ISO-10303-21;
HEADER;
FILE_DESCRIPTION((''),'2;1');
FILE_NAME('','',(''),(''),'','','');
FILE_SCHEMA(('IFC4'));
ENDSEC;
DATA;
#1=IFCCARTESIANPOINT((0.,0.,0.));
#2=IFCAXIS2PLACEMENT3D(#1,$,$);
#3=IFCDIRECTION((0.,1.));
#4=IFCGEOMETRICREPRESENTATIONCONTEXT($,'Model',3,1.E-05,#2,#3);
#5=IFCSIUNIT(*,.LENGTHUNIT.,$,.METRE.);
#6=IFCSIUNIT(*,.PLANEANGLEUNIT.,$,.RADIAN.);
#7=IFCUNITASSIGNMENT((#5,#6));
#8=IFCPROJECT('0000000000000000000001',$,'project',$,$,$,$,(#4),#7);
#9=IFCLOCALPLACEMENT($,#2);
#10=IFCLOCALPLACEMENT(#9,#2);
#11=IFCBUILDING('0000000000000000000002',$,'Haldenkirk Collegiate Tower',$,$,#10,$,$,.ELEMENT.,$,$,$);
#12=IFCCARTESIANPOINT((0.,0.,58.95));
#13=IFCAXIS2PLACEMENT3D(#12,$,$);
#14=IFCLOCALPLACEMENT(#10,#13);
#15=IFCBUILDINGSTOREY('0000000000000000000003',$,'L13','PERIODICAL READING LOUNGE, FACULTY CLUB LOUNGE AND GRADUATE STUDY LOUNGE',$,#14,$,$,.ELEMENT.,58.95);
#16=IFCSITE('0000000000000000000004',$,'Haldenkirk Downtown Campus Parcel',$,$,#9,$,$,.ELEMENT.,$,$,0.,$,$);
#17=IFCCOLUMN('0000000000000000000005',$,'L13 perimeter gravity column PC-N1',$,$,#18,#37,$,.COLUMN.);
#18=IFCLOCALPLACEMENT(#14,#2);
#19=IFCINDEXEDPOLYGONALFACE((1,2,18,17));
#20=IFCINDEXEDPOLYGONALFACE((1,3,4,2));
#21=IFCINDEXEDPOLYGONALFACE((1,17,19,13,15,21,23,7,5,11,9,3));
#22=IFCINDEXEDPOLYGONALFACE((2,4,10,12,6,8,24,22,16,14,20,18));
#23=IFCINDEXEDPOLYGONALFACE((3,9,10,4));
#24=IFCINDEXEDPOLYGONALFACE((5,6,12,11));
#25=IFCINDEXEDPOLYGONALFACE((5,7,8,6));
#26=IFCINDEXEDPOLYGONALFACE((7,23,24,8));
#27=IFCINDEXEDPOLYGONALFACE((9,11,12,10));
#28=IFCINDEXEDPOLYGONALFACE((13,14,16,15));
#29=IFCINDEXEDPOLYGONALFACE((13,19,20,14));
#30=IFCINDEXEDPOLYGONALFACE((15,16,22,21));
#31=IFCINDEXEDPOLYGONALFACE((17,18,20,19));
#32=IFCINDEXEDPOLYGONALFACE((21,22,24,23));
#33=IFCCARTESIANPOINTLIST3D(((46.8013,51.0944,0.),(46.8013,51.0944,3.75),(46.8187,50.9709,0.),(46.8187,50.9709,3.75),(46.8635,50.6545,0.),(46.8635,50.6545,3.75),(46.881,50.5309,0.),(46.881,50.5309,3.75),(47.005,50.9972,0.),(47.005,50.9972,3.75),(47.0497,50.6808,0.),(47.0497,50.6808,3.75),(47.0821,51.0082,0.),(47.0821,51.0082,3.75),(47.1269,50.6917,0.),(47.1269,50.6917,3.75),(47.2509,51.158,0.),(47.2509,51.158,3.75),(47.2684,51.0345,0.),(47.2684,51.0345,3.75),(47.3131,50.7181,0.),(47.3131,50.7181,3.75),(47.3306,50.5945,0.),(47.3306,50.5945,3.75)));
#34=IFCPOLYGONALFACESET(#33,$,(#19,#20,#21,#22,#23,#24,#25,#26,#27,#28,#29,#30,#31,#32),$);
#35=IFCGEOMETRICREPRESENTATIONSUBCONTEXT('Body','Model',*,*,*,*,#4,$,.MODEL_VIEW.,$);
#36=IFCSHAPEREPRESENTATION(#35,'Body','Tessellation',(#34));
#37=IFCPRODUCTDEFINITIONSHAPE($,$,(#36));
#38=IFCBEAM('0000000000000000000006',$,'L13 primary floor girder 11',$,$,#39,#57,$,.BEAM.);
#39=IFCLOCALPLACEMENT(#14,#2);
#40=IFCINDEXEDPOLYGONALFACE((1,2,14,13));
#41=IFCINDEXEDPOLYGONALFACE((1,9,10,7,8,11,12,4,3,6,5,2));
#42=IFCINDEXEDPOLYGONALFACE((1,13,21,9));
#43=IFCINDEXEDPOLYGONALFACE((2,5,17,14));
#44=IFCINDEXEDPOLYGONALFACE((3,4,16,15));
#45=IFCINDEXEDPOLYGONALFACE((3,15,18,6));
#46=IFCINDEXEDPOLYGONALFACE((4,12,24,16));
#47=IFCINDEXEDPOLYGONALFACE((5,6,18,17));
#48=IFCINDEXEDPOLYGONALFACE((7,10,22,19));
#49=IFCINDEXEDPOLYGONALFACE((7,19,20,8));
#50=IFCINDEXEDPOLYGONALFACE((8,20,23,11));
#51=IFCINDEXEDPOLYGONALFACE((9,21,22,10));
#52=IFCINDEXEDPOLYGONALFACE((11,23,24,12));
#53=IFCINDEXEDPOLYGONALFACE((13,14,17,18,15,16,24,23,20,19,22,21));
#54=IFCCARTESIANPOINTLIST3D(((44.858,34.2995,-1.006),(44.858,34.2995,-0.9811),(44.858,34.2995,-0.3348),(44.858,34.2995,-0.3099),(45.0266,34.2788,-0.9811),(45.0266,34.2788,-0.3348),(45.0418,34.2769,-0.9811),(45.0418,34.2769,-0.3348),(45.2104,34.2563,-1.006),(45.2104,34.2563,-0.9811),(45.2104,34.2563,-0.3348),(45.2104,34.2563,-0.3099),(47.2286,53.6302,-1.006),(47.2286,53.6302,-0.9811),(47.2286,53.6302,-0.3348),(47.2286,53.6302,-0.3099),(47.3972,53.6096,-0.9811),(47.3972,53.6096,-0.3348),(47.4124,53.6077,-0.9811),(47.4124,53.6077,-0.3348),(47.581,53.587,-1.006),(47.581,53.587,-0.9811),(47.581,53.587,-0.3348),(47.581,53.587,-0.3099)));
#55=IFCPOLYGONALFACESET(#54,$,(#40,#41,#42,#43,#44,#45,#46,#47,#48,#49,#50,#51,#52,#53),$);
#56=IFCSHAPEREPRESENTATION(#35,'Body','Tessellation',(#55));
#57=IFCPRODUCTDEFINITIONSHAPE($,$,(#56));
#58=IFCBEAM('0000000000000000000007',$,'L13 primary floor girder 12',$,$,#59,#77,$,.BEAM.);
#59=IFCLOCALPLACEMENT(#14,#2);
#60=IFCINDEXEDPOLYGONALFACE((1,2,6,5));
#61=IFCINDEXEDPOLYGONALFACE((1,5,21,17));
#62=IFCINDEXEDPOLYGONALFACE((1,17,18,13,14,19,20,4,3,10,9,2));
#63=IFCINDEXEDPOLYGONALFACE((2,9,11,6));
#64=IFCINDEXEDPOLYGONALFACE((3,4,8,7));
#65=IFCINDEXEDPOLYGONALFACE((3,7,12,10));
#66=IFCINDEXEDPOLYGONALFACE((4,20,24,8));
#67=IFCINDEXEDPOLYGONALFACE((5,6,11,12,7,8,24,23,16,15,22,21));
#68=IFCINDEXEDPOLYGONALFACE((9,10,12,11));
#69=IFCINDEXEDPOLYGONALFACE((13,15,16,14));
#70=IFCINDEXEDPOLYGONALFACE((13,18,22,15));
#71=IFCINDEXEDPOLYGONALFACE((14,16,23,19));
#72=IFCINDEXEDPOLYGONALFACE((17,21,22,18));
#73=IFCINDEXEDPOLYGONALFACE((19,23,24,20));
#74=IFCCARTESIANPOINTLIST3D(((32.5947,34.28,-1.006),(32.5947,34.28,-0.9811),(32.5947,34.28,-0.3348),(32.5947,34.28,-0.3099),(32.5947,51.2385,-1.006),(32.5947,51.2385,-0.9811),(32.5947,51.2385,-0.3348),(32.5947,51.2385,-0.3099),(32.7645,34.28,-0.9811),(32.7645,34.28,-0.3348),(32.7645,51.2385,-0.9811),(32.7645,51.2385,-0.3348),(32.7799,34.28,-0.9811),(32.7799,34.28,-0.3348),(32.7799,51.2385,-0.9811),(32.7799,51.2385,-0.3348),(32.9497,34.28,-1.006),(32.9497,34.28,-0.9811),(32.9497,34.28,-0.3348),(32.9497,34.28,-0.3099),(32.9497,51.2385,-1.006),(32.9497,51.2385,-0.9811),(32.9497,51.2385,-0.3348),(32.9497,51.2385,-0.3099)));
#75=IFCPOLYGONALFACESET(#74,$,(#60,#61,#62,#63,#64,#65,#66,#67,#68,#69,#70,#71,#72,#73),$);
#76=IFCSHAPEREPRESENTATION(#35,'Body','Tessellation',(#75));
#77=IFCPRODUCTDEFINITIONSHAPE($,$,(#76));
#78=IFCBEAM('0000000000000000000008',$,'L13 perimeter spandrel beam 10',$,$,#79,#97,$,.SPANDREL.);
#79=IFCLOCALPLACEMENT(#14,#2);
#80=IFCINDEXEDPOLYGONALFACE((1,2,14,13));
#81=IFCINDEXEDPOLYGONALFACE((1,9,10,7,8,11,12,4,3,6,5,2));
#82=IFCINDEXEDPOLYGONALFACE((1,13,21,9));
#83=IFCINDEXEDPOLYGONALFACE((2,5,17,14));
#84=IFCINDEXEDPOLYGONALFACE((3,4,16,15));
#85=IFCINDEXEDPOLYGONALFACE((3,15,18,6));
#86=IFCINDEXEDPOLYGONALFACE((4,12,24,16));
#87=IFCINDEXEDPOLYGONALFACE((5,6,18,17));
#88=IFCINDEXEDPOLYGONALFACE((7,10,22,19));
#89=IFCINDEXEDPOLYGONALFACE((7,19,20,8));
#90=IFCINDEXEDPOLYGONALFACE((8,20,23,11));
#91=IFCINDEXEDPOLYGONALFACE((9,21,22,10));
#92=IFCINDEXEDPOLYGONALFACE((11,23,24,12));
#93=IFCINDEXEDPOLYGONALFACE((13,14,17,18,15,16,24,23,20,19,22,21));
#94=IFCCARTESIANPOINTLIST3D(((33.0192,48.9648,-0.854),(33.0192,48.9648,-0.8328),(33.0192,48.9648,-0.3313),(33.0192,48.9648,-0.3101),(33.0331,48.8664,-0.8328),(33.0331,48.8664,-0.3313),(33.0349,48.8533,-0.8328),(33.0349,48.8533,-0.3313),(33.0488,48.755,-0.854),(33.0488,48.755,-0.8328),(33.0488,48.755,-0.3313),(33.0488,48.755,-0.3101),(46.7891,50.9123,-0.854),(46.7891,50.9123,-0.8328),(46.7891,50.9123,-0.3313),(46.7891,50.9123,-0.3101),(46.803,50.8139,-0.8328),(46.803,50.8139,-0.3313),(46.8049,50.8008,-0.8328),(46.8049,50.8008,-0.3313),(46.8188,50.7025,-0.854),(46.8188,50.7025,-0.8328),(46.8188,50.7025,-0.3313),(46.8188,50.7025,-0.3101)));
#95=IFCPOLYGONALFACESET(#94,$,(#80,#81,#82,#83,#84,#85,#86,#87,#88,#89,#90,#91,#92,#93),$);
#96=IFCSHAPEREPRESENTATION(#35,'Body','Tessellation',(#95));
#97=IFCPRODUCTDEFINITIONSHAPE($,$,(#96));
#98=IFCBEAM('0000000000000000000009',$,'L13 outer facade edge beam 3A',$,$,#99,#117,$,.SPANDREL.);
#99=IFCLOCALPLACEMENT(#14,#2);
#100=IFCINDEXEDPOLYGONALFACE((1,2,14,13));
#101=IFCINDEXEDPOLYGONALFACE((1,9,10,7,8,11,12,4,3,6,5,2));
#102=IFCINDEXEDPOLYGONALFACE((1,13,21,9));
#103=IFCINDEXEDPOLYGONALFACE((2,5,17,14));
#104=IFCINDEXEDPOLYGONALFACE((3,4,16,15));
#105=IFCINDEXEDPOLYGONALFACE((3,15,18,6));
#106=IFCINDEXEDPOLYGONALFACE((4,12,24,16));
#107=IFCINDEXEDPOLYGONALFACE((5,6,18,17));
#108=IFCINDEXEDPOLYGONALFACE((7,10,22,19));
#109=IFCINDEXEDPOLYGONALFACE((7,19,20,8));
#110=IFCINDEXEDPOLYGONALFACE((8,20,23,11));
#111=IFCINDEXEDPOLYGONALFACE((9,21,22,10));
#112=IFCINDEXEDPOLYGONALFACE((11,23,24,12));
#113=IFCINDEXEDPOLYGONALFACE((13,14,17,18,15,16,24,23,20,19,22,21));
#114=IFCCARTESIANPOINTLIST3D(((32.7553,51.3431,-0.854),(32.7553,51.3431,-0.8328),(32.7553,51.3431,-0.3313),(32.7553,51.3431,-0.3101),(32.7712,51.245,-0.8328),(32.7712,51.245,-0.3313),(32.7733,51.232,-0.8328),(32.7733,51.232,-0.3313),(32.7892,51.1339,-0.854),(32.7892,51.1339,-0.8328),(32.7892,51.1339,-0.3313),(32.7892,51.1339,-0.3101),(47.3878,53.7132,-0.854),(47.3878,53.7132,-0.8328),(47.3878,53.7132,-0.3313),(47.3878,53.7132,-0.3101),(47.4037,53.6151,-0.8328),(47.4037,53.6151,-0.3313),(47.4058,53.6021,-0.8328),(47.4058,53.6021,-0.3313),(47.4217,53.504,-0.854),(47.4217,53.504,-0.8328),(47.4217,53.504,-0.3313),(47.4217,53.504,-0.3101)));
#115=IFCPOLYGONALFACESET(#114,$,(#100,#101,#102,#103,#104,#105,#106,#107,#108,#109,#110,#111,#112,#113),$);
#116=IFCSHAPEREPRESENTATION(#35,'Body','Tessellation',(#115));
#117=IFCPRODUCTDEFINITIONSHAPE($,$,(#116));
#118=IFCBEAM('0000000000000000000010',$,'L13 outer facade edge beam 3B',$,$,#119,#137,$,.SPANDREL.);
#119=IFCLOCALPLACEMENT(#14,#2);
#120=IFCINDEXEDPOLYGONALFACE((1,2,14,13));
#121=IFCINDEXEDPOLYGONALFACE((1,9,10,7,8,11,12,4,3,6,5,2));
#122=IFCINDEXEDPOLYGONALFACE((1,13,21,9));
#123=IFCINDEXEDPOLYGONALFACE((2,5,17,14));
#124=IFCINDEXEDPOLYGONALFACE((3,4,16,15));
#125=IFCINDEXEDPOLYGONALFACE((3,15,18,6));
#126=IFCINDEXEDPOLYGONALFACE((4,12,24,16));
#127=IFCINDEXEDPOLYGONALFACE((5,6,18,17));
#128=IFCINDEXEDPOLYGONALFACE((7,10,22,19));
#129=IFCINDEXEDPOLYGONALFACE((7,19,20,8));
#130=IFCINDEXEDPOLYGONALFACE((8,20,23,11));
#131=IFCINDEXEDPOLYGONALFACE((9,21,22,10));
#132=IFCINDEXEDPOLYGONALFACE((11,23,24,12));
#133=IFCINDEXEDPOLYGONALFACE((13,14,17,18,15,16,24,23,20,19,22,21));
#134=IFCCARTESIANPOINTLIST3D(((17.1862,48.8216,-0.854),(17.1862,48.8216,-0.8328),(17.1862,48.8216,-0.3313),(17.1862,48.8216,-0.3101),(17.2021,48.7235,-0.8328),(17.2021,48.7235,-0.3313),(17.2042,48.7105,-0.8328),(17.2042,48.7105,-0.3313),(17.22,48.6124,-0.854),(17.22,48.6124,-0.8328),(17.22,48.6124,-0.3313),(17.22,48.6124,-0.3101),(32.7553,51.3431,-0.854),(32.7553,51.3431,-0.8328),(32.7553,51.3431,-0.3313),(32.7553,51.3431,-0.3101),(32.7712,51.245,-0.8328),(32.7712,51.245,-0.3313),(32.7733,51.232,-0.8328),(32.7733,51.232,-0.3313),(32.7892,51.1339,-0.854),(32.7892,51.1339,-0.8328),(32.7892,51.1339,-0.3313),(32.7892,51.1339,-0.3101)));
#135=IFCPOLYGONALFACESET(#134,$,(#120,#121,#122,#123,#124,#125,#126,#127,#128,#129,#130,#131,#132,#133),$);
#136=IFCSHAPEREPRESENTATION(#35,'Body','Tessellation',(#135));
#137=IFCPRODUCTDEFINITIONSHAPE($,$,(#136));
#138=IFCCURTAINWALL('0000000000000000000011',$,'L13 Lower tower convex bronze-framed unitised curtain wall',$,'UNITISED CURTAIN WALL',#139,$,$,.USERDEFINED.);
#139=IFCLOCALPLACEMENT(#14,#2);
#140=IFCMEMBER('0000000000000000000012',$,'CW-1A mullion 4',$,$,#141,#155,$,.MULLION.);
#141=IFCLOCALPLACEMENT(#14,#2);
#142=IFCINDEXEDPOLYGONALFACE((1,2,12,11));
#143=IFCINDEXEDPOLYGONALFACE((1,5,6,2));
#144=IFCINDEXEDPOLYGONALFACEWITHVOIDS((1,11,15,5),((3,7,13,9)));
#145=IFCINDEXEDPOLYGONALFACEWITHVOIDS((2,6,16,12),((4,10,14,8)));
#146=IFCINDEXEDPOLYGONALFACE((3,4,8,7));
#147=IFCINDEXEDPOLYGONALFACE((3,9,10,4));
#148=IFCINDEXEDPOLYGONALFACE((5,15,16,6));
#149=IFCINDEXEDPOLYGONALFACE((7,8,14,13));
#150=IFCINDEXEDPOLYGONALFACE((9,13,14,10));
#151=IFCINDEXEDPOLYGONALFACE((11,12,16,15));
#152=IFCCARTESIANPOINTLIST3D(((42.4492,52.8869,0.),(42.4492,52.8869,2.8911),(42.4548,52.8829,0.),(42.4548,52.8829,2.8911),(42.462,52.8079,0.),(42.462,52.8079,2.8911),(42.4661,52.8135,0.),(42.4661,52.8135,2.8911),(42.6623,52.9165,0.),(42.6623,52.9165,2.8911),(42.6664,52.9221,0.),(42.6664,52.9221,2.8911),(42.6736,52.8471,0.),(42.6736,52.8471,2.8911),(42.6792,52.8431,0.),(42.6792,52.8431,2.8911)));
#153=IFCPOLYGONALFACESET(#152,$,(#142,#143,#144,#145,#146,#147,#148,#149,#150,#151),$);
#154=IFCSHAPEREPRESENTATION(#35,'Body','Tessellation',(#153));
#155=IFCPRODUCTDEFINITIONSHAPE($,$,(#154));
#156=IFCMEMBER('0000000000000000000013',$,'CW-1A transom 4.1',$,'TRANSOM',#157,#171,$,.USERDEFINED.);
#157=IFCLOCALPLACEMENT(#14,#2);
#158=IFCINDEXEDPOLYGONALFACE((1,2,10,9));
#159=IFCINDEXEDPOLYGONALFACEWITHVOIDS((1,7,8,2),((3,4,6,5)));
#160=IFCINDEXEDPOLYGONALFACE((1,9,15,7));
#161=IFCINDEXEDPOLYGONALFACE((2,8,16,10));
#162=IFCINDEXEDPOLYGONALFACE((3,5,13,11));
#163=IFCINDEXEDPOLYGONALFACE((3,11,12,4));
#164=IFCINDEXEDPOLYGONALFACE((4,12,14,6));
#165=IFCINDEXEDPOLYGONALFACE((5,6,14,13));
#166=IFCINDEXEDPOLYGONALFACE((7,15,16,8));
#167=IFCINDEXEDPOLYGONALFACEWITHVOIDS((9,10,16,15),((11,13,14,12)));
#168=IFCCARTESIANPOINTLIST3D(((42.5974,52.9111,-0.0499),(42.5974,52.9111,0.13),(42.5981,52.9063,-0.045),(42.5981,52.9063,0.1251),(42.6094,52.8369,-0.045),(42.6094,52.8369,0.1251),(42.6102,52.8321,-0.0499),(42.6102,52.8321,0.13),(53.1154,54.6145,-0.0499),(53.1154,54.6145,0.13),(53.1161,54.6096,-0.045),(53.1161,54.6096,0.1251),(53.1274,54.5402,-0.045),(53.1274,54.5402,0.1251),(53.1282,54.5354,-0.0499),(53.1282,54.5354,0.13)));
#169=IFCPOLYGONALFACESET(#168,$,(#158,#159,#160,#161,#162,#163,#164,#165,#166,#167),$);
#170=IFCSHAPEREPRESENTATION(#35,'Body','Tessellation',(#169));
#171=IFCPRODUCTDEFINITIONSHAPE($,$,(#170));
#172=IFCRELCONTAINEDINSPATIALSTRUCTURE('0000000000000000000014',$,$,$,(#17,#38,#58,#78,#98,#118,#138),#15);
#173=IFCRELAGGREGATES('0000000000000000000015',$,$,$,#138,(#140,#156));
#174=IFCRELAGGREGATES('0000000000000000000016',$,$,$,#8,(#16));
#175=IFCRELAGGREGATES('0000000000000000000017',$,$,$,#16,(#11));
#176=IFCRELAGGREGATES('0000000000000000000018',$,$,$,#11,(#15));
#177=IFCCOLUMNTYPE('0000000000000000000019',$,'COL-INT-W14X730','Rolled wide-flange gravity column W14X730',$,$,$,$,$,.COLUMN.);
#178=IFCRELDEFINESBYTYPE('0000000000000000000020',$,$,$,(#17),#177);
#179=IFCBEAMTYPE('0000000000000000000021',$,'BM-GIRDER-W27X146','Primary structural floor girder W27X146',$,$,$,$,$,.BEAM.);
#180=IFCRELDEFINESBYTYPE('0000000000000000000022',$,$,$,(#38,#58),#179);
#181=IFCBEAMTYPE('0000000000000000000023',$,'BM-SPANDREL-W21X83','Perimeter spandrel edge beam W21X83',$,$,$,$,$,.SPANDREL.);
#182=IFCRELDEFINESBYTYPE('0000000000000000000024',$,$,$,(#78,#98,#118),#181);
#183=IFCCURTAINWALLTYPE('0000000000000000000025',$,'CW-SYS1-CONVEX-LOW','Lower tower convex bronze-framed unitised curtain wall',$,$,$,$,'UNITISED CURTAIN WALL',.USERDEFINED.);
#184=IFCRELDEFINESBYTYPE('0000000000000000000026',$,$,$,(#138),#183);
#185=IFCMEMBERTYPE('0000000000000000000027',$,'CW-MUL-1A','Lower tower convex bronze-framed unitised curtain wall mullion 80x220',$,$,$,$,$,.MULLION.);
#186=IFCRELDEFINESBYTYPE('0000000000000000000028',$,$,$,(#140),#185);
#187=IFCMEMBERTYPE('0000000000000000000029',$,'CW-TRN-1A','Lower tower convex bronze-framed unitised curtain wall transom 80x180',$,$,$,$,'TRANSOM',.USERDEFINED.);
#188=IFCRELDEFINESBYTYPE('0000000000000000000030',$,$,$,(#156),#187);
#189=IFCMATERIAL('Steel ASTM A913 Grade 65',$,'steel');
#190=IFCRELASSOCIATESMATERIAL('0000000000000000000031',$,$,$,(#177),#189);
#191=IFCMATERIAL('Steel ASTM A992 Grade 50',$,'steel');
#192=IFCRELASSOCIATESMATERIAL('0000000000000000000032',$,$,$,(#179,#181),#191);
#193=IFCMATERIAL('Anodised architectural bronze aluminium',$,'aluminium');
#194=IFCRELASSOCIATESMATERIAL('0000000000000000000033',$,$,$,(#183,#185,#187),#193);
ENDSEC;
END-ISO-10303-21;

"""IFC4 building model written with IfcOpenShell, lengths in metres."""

from ifc_helpers import new_model, si_unit, direction, frame, origin, origin_2d, place, context, subcontext, project, spatial, hollow_rectangle, i_section, extrude, material, material_profile, profile_set, type_object, element, aggregate, save


model = new_model("IFC4")

# Units and contexts
model_context = context("Model", 3, precision=1e-05, world=origin(), true_north=direction((0.0, 1.0)))
body_context = subcontext(model_context, "Body", "Model", "MODEL_VIEW")
ifc_project = project(units=[si_unit("LENGTHUNIT", "METRE"), si_unit("PLANEANGLEUNIT", "RADIAN")], contexts=[model_context])

# Site, building, storey
site_placement = place(None, origin())
site = spatial("IfcSite", under=ifc_project, at=site_placement, Name="Haldenkirk Downtown Campus Parcel", CompositionType="ELEMENT", RefElevation=0.0)
building_placement = place(site_placement, origin())
building = spatial("IfcBuilding", under=site, at=building_placement, Name="Haldenkirk Collegiate Tower", CompositionType="ELEMENT")
storey_placement = place(building_placement, frame((0.0, 0.0, 58.95)))
storey = spatial("IfcBuildingStorey", under=building, at=storey_placement, Name="L13", Description="PERIODICAL READING LOUNGE, FACULTY CLUB LOUNGE AND GRADUATE STUDY LOUNGE", CompositionType="ELEMENT", Elevation=58.95)

# Column
ifc_material_1 = material(Name="Steel ASTM A913 Grade 65", Category="steel")
ifc_material_profile_1 = material_profile(ifc_material_1, i_section(OverallWidth=0.4541, OverallDepth=0.5691, WebThickness=0.0779, FlangeThickness=0.1248, at=origin_2d()), Name="W14X730")
ifc_profile_set_1 = profile_set([ifc_material_profile_1], Name="Steel ASTM A913 Grade 65")
column_type = type_object("IfcColumnType", Name="COL-INT-W14X730", Description="Rolled wide-flange gravity column W14X730", PredefinedType="COLUMN", material=ifc_profile_set_1)
column_placement = place(storey_placement, frame((47.0659, 50.8445, 0.0), z_axis=(0.0, 0.0, 1.0), x_axis=(0.990146, 0.140037, 0.0)))
element("IfcColumn", 1, at=column_placement, inside=storey, type_object=column_type, Name="L13 perimeter gravity column PC-N1", PredefinedType="COLUMN", context=body_context, shape_type="SweptSolid", body=[
    extrude(i_section(OverallWidth=0.4541, OverallDepth=0.5691, WebThickness=0.0779, FlangeThickness=0.1248, at=origin_2d()), origin(), (0.0, 0.0, 1.0), 3.75),
])

# Beams
ifc_material_2 = material(Name="Steel ASTM A992 Grade 50", Category="steel")
ifc_material_profile_2 = material_profile(ifc_material_2, i_section(OverallWidth=0.355, OverallDepth=0.696, WebThickness=0.0154, FlangeThickness=0.0249, at=origin_2d()), Name="W27X146")
ifc_profile_set_2 = profile_set([ifc_material_profile_2], Name="Steel ASTM A992 Grade 50")
beam_type_1 = type_object("IfcBeamType", Name="BM-GIRDER-W27X146", Description="Primary structural floor girder W27X146", PredefinedType="BEAM", material=ifc_profile_set_2)
beam_1_placement = place(storey_placement, frame((47.4048, 53.6086, -0.658), z_axis=(-0.121722, -0.992564, 0.0), x_axis=(0.992564, -0.121722, 0.0)))
element("IfcBeam", 2, at=beam_1_placement, inside=storey, type_object=beam_type_1, Name="L13 primary floor girder 11", PredefinedType="BEAM", context=body_context, shape_type="SweptSolid", body=[
    extrude(i_section(OverallWidth=0.355, OverallDepth=0.696, WebThickness=0.0154, FlangeThickness=0.0249, at=origin_2d()), origin(), (0.0, 0.0, 1.0), 19.4756),
])
beam_2_placement = place(storey_placement, frame((32.7722, 51.2385, -0.658), z_axis=(0.0, -1.0, 0.0), x_axis=(1.0, 0.0, 0.0)))
element("IfcBeam", 3, at=beam_2_placement, inside=storey, type_object=beam_type_1, Name="L13 primary floor girder 12", PredefinedType="BEAM", context=body_context, shape_type="SweptSolid", body=[
    extrude(i_section(OverallWidth=0.355, OverallDepth=0.696, WebThickness=0.0154, FlangeThickness=0.0249, at=origin_2d()), origin(), (0.0, 0.0, 1.0), 16.9585),
])
ifc_material_profile_3 = material_profile(ifc_material_2, i_section(OverallWidth=0.2119, OverallDepth=0.5439, WebThickness=0.0132, FlangeThickness=0.0212, at=origin_2d()), Name="W21X83")
ifc_profile_set_3 = profile_set([ifc_material_profile_3], Name="Steel ASTM A992 Grade 50")
beam_type_2 = type_object("IfcBeamType", Name="BM-SPANDREL-W21X83", Description="Perimeter spandrel edge beam W21X83", PredefinedType="SPANDREL", material=ifc_profile_set_3)
beam_3_placement = place(storey_placement, frame((46.804, 50.8074, -0.582), z_axis=(-0.990146, -0.140038, 0.0), x_axis=(0.140038, -0.990146, 0.0)))
element("IfcBeam", 4, at=beam_3_placement, inside=storey, type_object=beam_type_2, Name="L13 perimeter spandrel beam 10", PredefinedType="SPANDREL", context=body_context, shape_type="SweptSolid", body=[
    extrude(i_section(OverallWidth=0.2119, OverallDepth=0.5439, WebThickness=0.0132, FlangeThickness=0.0212, at=origin_2d()), origin(), (0.0, 0.0, 1.0), 13.907),
])
beam_4_placement = place(storey_placement, frame((47.4048, 53.6086, -0.582), z_axis=(-0.987135, -0.159892, 0.0), x_axis=(0.159892, -0.987135, 0.0)))
element("IfcBeam", 5, at=beam_4_placement, inside=storey, type_object=beam_type_2, Name="L13 outer facade edge beam 3A", PredefinedType="SPANDREL", context=body_context, shape_type="SweptSolid", body=[
    extrude(i_section(OverallWidth=0.2119, OverallDepth=0.5439, WebThickness=0.0132, FlangeThickness=0.0212, at=origin_2d()), origin(), (0.0, 0.0, 1.0), 14.8232),
])
beam_5_placement = place(storey_placement, frame((32.7722, 51.2385, -0.582), z_axis=(-0.987138, -0.159871, 0.0), x_axis=(0.159871, -0.987138, 0.0)))
element("IfcBeam", 6, at=beam_5_placement, inside=storey, type_object=beam_type_2, Name="L13 outer facade edge beam 3B", PredefinedType="SPANDREL", context=body_context, shape_type="SweptSolid", body=[
    extrude(i_section(OverallWidth=0.2119, OverallDepth=0.5439, WebThickness=0.0132, FlangeThickness=0.0212, at=origin_2d()), origin(), (0.0, 0.0, 1.0), 15.772),
])

# Curtain wall, members
ifc_material_3 = material(Name="Anodised architectural bronze aluminium", Category="aluminium")
curtain_wall_type = type_object("IfcCurtainWallType", Name="CW-SYS1-CONVEX-LOW", Description="Lower tower convex bronze-framed unitised curtain wall", ElementType="UNITISED CURTAIN WALL", PredefinedType="USERDEFINED", material=ifc_material_3)
curtain_wall_placement = place(storey_placement, origin())
curtain_wall = element("IfcCurtainWall", 7, at=curtain_wall_placement, inside=storey, type_object=curtain_wall_type, Name="L13 Lower tower convex bronze-framed unitised curtain wall", ObjectType="UNITISED CURTAIN WALL", PredefinedType="USERDEFINED")
ifc_material_profile_4 = material_profile(ifc_material_3, hollow_rectangle(XDim=0.0801, YDim=0.22, WallThickness=0.0049, at=origin_2d()), Name="CW-MUL-1A")
ifc_profile_set_4 = profile_set([ifc_material_profile_4], Name="Anodised architectural bronze aluminium")
member_type_1 = type_object("IfcMemberType", Name="CW-MUL-1A", Description="Lower tower convex bronze-framed unitised curtain wall mullion 80x220", PredefinedType="MULLION", material=ifc_profile_set_4)
member_1_placement = place(storey_placement, frame((42.5642, 52.865, 0.0), z_axis=(0.0, 0.0, 1.0), x_axis=(-0.159881, 0.987136, 0.0)))
member_1 = element("IfcMember", 8, at=member_1_placement, type_object=member_type_1, Name="CW-1A mullion 4", PredefinedType="MULLION", context=body_context, shape_type="SweptSolid", body=[
    extrude(hollow_rectangle(XDim=0.0801, YDim=0.22, WallThickness=0.0049, at=origin_2d()), origin(), (0.0, 0.0, 1.0), 2.8911),
])
ifc_material_profile_5 = material_profile(ifc_material_3, hollow_rectangle(XDim=0.0801, YDim=0.1799, WallThickness=0.0049, at=origin_2d()), Name="CW-TRN-1A")
ifc_profile_set_5 = profile_set([ifc_material_profile_5], Name="Anodised architectural bronze aluminium")
member_type_2 = type_object("IfcMemberType", Name="CW-TRN-1A", Description="Lower tower convex bronze-framed unitised curtain wall transom 80x180", ElementType="TRANSOM", PredefinedType="USERDEFINED", material=ifc_profile_set_5)
member_2_placement = place(storey_placement, frame((42.6038, 52.8716, 0.04), z_axis=(0.987139, 0.159864, 0.0), x_axis=(-0.159864, 0.987139, 0.0)))
member_2 = element("IfcMember", 9, at=member_2_placement, type_object=member_type_2, Name="CW-1A transom 4.1", ObjectType="TRANSOM", PredefinedType="USERDEFINED", context=body_context, shape_type="SweptSolid", body=[
    extrude(hollow_rectangle(XDim=0.0801, YDim=0.1799, WallThickness=0.0049, at=origin_2d()), origin(), (0.0, 0.0, 1.0), 10.655),
])
aggregate(curtain_wall, [member_1, member_2])

save(model, "model.ifc")
